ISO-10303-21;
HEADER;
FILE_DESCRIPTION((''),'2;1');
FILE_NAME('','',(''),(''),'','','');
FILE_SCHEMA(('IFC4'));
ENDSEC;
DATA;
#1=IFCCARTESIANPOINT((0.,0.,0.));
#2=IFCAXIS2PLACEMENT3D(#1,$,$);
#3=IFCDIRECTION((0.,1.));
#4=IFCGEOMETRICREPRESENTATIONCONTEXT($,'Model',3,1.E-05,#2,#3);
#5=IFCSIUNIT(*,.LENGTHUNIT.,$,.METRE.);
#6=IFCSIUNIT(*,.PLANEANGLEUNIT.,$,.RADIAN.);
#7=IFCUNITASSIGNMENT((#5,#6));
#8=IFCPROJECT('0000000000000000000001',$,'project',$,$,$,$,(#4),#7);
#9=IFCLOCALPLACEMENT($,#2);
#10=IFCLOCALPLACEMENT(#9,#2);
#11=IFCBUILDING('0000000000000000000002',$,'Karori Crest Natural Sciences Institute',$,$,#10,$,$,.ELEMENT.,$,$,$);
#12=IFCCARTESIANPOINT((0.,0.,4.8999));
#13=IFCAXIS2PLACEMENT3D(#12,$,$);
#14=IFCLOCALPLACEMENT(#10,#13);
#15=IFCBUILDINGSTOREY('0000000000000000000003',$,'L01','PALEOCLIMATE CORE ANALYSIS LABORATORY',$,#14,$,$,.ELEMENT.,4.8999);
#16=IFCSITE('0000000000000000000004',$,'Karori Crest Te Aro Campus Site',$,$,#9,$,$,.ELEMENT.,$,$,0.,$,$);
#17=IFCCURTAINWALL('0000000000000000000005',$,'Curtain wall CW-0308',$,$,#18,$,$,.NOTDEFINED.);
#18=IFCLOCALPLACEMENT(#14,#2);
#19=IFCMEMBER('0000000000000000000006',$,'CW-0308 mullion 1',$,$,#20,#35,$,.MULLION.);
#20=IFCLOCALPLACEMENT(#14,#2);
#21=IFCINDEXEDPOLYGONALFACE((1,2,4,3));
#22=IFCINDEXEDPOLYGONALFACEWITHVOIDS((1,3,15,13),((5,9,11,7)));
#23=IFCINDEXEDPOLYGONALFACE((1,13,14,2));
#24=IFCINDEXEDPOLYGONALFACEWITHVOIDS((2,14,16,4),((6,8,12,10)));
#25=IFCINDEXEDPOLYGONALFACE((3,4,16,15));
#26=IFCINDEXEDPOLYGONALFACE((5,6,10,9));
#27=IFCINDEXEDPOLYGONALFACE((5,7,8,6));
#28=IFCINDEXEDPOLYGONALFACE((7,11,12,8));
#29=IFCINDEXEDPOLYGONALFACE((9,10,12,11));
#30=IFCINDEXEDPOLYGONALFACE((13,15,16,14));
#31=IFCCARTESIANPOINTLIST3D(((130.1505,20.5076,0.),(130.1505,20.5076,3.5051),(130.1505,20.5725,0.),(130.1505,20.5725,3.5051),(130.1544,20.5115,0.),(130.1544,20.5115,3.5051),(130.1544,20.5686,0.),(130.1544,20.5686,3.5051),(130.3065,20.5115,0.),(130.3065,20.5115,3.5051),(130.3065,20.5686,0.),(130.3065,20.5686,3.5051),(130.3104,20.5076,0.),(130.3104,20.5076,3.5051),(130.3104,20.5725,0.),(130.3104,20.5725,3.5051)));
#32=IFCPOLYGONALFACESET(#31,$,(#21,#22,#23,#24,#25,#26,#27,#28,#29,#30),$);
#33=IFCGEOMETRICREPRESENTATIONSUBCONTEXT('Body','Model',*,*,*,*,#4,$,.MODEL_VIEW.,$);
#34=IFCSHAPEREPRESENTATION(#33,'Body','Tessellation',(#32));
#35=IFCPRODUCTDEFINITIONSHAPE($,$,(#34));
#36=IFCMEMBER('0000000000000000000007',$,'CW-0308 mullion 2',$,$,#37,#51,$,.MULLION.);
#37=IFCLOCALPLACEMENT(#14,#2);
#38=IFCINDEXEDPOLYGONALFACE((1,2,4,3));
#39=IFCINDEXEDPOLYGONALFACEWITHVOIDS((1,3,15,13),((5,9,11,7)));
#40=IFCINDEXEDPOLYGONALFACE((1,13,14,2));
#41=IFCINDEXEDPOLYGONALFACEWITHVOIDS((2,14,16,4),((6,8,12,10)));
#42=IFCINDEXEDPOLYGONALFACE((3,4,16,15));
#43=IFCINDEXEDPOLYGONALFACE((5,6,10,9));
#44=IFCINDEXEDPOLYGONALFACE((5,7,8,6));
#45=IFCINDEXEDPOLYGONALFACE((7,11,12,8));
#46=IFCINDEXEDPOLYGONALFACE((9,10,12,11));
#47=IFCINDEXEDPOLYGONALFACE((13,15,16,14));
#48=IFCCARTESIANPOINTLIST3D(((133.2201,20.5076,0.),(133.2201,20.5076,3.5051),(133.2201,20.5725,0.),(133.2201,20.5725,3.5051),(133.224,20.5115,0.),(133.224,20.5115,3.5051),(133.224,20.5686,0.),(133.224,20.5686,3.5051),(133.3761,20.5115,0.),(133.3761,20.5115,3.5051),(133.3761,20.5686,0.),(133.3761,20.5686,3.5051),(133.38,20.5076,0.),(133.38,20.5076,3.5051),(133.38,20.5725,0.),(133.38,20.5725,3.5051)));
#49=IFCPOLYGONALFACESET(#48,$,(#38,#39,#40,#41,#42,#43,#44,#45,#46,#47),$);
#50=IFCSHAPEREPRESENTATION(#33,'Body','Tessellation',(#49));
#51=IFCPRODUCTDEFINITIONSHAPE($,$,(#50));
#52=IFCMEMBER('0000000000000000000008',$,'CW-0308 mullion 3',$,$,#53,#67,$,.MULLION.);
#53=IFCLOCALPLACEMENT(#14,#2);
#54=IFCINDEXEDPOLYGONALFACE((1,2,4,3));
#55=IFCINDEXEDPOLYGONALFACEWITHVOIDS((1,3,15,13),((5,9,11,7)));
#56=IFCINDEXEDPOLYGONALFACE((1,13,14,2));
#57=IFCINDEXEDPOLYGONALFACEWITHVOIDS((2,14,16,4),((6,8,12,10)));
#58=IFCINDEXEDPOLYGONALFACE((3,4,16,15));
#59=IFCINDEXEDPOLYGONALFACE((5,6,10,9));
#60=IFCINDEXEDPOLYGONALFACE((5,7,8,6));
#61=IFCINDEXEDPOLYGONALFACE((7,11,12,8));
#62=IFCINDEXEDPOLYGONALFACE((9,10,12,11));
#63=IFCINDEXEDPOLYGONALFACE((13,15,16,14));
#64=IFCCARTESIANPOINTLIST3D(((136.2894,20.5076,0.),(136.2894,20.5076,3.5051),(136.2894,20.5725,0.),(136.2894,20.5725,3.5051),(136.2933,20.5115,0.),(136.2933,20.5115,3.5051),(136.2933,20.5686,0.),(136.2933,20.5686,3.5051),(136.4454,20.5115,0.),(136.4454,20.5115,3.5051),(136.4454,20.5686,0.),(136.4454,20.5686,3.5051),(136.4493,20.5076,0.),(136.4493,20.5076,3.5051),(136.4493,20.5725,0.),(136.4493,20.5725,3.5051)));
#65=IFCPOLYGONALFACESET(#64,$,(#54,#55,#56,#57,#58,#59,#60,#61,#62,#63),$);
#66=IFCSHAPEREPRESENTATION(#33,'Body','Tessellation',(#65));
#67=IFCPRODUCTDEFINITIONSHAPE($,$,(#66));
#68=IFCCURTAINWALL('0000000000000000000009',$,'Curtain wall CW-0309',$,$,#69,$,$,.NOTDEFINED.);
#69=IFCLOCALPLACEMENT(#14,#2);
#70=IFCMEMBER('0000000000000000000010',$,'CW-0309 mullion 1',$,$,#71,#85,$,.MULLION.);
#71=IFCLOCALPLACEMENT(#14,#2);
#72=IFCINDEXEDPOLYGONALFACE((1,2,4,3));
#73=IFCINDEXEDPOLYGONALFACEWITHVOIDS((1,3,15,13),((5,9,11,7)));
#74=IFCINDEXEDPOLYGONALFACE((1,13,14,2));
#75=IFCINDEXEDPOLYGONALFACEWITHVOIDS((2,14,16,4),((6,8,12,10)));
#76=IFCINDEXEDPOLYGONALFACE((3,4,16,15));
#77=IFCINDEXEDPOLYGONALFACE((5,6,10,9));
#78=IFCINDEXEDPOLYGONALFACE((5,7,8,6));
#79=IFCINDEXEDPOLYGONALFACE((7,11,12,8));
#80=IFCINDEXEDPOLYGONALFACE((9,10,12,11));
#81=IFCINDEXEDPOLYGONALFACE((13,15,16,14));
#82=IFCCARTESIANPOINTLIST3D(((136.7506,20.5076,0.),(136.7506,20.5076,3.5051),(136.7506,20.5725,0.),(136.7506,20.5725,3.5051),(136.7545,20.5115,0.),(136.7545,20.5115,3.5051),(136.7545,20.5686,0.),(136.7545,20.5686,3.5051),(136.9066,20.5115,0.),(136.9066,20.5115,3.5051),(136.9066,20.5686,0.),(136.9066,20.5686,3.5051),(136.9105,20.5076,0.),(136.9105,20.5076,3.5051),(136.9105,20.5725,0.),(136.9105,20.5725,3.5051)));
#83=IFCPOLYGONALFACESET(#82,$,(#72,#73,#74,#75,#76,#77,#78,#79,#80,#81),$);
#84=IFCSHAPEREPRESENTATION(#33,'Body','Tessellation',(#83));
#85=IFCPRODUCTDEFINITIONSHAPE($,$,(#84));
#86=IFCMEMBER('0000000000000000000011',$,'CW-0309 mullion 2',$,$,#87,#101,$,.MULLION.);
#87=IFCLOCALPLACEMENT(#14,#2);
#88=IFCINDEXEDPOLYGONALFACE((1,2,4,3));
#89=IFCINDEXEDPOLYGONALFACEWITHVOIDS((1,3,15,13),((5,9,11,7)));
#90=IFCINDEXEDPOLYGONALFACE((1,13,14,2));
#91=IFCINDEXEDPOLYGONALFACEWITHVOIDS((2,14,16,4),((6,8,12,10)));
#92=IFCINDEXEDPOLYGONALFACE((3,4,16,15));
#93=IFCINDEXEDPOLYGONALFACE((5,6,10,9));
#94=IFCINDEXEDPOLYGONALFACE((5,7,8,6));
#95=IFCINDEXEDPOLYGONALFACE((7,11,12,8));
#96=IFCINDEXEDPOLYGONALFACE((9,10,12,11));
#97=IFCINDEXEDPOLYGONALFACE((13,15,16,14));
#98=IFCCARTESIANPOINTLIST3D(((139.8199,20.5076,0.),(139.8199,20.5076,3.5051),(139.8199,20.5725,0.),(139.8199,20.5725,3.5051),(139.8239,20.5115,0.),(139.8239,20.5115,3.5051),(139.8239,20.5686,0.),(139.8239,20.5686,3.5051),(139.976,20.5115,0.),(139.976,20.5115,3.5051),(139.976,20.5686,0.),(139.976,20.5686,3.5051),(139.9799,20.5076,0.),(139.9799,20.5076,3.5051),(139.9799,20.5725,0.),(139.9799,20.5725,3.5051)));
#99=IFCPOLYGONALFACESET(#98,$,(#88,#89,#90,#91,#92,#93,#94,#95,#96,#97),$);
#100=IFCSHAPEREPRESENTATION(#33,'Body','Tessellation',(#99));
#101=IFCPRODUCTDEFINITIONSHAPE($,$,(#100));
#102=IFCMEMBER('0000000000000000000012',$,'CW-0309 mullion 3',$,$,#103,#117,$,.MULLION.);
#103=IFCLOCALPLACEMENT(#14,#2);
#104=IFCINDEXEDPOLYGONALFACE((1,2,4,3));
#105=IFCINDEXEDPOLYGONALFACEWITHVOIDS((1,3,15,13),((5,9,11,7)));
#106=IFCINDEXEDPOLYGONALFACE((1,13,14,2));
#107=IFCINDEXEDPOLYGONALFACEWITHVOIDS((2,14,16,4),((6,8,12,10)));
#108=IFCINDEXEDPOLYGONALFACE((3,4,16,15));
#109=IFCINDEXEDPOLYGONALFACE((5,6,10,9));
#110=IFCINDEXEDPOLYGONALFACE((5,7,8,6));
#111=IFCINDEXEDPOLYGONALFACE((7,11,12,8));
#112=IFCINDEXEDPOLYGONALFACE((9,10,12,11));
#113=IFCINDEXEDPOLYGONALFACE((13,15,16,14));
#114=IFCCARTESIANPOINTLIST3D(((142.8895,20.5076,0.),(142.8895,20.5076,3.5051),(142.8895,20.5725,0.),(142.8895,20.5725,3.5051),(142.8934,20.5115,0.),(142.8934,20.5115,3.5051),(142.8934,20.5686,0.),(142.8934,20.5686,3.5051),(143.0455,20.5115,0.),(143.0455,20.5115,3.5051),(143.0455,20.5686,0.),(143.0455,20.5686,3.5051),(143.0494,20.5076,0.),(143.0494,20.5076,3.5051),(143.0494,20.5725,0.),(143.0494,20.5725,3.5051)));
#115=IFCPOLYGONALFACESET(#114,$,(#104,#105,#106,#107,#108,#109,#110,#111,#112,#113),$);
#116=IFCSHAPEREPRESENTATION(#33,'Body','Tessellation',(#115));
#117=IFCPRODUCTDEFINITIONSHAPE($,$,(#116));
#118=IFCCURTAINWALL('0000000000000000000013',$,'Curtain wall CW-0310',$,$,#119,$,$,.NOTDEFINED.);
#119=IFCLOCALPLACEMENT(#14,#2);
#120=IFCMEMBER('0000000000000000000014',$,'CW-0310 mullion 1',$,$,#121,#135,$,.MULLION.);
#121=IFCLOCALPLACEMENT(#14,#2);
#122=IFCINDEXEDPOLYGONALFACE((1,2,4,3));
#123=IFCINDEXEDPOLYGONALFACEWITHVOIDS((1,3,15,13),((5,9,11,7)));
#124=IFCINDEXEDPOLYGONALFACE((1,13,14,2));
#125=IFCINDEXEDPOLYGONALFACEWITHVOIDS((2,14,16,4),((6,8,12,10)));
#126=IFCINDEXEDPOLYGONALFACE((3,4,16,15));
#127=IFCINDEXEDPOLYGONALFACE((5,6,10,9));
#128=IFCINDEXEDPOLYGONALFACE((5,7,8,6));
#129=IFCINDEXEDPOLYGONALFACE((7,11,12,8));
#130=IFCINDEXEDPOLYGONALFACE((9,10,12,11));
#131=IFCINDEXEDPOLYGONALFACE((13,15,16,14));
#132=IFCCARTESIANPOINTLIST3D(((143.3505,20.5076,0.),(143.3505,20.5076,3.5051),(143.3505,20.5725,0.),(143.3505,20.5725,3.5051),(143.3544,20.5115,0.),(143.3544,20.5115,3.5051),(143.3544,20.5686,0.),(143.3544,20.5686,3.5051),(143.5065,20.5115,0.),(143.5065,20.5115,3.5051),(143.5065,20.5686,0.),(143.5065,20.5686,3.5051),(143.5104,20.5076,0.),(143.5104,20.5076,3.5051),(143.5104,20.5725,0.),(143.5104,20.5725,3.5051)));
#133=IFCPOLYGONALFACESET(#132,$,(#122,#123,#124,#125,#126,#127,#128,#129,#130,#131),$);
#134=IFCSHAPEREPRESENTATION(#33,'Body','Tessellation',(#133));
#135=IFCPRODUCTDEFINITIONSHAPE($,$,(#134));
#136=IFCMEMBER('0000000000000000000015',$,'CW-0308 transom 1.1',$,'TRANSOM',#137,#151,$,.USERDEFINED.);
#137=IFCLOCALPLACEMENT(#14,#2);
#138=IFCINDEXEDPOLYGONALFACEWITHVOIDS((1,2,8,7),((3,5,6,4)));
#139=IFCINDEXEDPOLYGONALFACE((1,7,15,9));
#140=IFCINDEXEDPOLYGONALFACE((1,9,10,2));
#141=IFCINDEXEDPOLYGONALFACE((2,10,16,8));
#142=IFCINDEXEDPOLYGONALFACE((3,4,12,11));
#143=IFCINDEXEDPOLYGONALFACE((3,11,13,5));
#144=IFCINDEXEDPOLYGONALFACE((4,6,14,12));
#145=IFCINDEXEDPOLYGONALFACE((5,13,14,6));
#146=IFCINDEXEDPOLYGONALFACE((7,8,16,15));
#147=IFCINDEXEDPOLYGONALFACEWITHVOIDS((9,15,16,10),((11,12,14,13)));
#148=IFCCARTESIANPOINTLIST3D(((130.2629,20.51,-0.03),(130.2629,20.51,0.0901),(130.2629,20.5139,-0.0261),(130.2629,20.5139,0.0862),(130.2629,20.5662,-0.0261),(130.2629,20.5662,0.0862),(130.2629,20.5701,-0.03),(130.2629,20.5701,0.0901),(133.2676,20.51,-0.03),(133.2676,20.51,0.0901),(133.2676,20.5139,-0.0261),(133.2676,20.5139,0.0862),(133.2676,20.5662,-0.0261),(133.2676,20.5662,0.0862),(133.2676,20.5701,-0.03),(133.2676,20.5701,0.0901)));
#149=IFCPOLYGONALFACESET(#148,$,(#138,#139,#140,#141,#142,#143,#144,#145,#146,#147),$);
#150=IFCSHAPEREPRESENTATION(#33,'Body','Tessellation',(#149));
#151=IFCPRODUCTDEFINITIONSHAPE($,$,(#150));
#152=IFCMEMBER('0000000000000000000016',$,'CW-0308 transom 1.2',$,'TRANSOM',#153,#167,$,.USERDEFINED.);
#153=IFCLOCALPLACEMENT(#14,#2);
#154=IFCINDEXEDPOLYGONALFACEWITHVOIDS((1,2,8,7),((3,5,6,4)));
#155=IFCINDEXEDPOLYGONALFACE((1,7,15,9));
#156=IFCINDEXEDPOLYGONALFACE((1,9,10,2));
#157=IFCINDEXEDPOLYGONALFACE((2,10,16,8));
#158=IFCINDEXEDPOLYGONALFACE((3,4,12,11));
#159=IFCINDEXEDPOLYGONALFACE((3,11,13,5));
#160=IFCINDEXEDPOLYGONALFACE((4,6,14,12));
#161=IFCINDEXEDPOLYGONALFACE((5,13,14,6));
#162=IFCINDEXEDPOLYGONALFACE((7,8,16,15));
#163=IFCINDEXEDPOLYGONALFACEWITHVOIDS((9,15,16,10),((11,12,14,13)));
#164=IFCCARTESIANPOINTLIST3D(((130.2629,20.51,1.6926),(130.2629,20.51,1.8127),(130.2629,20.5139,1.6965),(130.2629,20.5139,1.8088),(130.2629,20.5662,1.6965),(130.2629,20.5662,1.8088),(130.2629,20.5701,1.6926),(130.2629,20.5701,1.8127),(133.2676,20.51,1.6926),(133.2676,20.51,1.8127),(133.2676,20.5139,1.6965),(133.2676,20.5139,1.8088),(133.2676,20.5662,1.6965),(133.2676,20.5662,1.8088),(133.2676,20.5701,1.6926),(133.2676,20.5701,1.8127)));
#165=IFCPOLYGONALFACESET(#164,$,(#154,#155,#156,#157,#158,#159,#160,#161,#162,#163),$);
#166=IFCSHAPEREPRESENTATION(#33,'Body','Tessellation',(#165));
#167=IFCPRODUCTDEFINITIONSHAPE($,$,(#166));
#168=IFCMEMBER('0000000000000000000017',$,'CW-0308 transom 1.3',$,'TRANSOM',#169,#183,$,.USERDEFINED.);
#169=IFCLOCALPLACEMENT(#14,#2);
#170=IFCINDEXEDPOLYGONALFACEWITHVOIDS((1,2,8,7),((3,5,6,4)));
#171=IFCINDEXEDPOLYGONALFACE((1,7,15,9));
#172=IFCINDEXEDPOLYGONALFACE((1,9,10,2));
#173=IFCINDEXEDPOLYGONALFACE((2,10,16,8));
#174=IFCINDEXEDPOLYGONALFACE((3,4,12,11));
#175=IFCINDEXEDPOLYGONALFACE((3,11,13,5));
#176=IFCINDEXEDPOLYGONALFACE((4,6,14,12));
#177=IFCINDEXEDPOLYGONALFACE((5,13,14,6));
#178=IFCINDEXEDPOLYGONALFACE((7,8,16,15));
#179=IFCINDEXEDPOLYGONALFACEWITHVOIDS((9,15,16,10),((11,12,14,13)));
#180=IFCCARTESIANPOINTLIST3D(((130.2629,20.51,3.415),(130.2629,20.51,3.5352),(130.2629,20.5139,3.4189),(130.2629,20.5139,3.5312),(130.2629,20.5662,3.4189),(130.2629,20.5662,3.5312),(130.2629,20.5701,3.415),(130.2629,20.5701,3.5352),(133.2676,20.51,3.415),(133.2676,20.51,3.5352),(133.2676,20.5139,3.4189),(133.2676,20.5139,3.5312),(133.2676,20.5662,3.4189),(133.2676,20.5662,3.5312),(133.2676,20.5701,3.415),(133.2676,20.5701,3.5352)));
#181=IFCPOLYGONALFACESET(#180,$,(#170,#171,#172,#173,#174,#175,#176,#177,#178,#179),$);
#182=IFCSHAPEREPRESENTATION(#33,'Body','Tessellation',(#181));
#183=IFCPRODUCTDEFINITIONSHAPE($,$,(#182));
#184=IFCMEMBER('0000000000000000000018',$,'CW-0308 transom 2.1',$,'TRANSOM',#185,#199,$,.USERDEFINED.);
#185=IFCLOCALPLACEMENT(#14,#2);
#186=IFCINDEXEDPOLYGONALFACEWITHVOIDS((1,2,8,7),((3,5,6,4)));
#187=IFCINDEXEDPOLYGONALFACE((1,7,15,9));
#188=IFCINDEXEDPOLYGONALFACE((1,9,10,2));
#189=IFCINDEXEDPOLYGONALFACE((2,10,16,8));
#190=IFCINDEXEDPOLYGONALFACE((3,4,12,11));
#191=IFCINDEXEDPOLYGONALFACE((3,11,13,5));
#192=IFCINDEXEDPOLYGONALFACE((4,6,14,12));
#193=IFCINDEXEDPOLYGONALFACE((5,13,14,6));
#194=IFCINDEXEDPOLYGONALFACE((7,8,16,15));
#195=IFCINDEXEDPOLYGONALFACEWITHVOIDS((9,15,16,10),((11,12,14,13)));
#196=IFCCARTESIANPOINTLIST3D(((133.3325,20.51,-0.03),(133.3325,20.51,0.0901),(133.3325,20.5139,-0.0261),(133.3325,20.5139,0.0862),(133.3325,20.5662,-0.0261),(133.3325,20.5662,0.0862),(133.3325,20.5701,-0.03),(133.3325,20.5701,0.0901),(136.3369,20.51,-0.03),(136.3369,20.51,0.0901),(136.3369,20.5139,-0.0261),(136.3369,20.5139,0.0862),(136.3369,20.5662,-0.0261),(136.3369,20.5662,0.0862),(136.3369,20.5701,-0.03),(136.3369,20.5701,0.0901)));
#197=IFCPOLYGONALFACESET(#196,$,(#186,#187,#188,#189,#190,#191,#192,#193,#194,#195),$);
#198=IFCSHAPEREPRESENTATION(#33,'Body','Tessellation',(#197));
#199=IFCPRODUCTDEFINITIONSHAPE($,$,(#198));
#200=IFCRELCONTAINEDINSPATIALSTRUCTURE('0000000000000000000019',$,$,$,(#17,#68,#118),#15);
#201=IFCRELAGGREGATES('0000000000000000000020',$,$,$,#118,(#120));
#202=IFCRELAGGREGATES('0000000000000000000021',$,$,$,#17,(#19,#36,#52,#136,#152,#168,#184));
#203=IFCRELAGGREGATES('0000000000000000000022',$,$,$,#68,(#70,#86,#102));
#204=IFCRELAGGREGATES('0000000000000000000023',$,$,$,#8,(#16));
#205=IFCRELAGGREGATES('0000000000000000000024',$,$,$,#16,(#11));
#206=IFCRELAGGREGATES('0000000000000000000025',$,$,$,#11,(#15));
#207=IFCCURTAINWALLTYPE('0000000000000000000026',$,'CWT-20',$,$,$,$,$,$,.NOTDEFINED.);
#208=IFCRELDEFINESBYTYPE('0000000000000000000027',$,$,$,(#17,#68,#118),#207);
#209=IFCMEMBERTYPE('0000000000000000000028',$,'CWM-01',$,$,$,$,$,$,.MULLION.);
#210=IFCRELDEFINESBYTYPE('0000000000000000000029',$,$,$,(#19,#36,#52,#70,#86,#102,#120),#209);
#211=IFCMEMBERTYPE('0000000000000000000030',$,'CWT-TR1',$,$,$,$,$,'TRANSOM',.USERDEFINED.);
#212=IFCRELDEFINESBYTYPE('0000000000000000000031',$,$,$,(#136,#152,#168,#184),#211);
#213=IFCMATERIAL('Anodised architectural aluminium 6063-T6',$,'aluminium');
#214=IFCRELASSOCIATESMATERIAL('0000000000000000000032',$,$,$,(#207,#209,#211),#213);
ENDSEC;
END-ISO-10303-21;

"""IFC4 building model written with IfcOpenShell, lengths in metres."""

from ifc_helpers import new_model, si_unit, direction, frame, origin, origin_2d, place, context, subcontext, project, spatial, hollow_rectangle, extrude, material, material_profile, profile_set, type_object, element, aggregate, save


model = new_model("IFC4")

# Units and contexts
model_context = context("Model", 3, precision=1e-05, world=origin(), true_north=direction((0.0, 1.0)))
body_context = subcontext(model_context, "Body", "Model", "MODEL_VIEW")
ifc_project = project(units=[si_unit("LENGTHUNIT", "METRE"), si_unit("PLANEANGLEUNIT", "RADIAN")], contexts=[model_context])

# Site, building, storey
site_placement = place(None, origin())
site = spatial("IfcSite", under=ifc_project, at=site_placement, Name="Karori Crest Te Aro Campus Site", CompositionType="ELEMENT", RefElevation=0.0)
building_placement = place(site_placement, origin())
building = spatial("IfcBuilding", under=site, at=building_placement, Name="Karori Crest Natural Sciences Institute", CompositionType="ELEMENT")
storey_placement = place(building_placement, frame((0.0, 0.0, 4.8999)))
storey = spatial("IfcBuildingStorey", under=building, at=storey_placement, Name="L01", Description="PALEOCLIMATE CORE ANALYSIS LABORATORY", CompositionType="ELEMENT", Elevation=4.8999)

# Curtain walls, members
ifc_material_1 = material(Name="Anodised architectural aluminium 6063-T6", Category="aluminium")
curtain_wall_type = type_object("IfcCurtainWallType", Name="CWT-20", PredefinedType="NOTDEFINED", material=ifc_material_1)
curtain_wall_1_placement = place(storey_placement, origin())
curtain_wall_1 = element("IfcCurtainWall", 1, at=curtain_wall_1_placement, inside=storey, type_object=curtain_wall_type, Name="Curtain wall CW-0308", PredefinedType="NOTDEFINED")
ifc_material_profile_1 = material_profile(ifc_material_1, hollow_rectangle(XDim=0.0649, YDim=0.1599, WallThickness=0.0039, at=origin_2d()), Name="CWM160x65x4")
ifc_profile_set_1 = profile_set([ifc_material_profile_1], Name="Anodised architectural aluminium 6063-T6")
member_type_1 = type_object("IfcMemberType", Name="CWM-01", PredefinedType="MULLION", material=ifc_profile_set_1)
member_1_placement = place(storey_placement, frame((130.2305, 20.54, 0.0), z_axis=(0.0, 0.0, 1.0), x_axis=(0.0, 1.0, 0.0)))
member_1 = element("IfcMember", 2, at=member_1_placement, type_object=member_type_1, Name="CW-0308 mullion 1", PredefinedType="MULLION", context=body_context, shape_type="SweptSolid", body=[
    extrude(hollow_rectangle(XDim=0.0649, YDim=0.1599, WallThickness=0.0039, at=origin_2d()), origin(), (0.0, 0.0, 1.0), 3.5051),
])
member_2_placement = place(storey_placement, frame((133.3, 20.54, 0.0), z_axis=(0.0, 0.0, 1.0), x_axis=(0.0, 1.0, 0.0)))
member_2 = element("IfcMember", 3, at=member_2_placement, type_object=member_type_1, Name="CW-0308 mullion 2", PredefinedType="MULLION", context=body_context, shape_type="SweptSolid", body=[
    extrude(hollow_rectangle(XDim=0.0649, YDim=0.1599, WallThickness=0.0039, at=origin_2d()), origin(), (0.0, 0.0, 1.0), 3.5051),
])
member_3_placement = place(storey_placement, frame((136.3694, 20.54, 0.0), z_axis=(0.0, 0.0, 1.0), x_axis=(0.0, 1.0, 0.0)))
member_3 = element("IfcMember", 4, at=member_3_placement, type_object=member_type_1, Name="CW-0308 mullion 3", PredefinedType="MULLION", context=body_context, shape_type="SweptSolid", body=[
    extrude(hollow_rectangle(XDim=0.0649, YDim=0.1599, WallThickness=0.0039, at=origin_2d()), origin(), (0.0, 0.0, 1.0), 3.5051),
])
curtain_wall_2_placement = place(storey_placement, origin())
curtain_wall_2 = element("IfcCurtainWall", 5, at=curtain_wall_2_placement, inside=storey, type_object=curtain_wall_type, Name="Curtain wall CW-0309", PredefinedType="NOTDEFINED")
member_4_placement = place(storey_placement, frame((136.8306, 20.54, 0.0), z_axis=(0.0, 0.0, 1.0), x_axis=(0.0, 1.0, 0.0)))
member_4 = element("IfcMember", 6, at=member_4_placement, type_object=member_type_1, Name="CW-0309 mullion 1", PredefinedType="MULLION", context=body_context, shape_type="SweptSolid", body=[
    extrude(hollow_rectangle(XDim=0.0649, YDim=0.1599, WallThickness=0.0039, at=origin_2d()), origin(), (0.0, 0.0, 1.0), 3.5051),
])
member_5_placement = place(storey_placement, frame((139.8999, 20.54, 0.0), z_axis=(0.0, 0.0, 1.0), x_axis=(0.0, 1.0, 0.0)))
member_5 = element("IfcMember", 7, at=member_5_placement, type_object=member_type_1, Name="CW-0309 mullion 2", PredefinedType="MULLION", context=body_context, shape_type="SweptSolid", body=[
    extrude(hollow_rectangle(XDim=0.0649, YDim=0.1599, WallThickness=0.0039, at=origin_2d()), origin(), (0.0, 0.0, 1.0), 3.5051),
])
member_6_placement = place(storey_placement, frame((142.9695, 20.54, 0.0), z_axis=(0.0, 0.0, 1.0), x_axis=(0.0, 1.0, 0.0)))
member_6 = element("IfcMember", 8, at=member_6_placement, type_object=member_type_1, Name="CW-0309 mullion 3", PredefinedType="MULLION", context=body_context, shape_type="SweptSolid", body=[
    extrude(hollow_rectangle(XDim=0.0649, YDim=0.1599, WallThickness=0.0039, at=origin_2d()), origin(), (0.0, 0.0, 1.0), 3.5051),
])

# Curtain wall, member
curtain_wall_3_placement = place(storey_placement, origin())
curtain_wall_3 = element("IfcCurtainWall", 9, at=curtain_wall_3_placement, inside=storey, type_object=curtain_wall_type, Name="Curtain wall CW-0310", PredefinedType="NOTDEFINED")
member_7_placement = place(storey_placement, frame((143.4304, 20.54, 0.0), z_axis=(0.0, 0.0, 1.0), x_axis=(0.0, 1.0, 0.0)))
member_7 = element("IfcMember", 10, at=member_7_placement, type_object=member_type_1, Name="CW-0310 mullion 1", PredefinedType="MULLION", context=body_context, shape_type="SweptSolid", body=[
    extrude(hollow_rectangle(XDim=0.0649, YDim=0.1599, WallThickness=0.0039, at=origin_2d()), origin(), (0.0, 0.0, 1.0), 3.5051),
])

# Members
ifc_material_profile_2 = material_profile(ifc_material_1, hollow_rectangle(XDim=0.0601, YDim=0.1201, WallThickness=0.0039, at=origin_2d()), Name="CWT120x60x4")
ifc_profile_set_2 = profile_set([ifc_material_profile_2], Name="Anodised architectural aluminium 6063-T6")
member_type_2 = type_object("IfcMemberType", Name="CWT-TR1", ElementType="TRANSOM", PredefinedType="USERDEFINED", material=ifc_profile_set_2)
member_8_placement = place(storey_placement, frame((130.2629, 20.54, 0.03), z_axis=(1.0, 0.0, 0.0), x_axis=(0.0, 1.0, 0.0)))
member_8 = element("IfcMember", 11, at=member_8_placement, type_object=member_type_2, Name="CW-0308 transom 1.1", ObjectType="TRANSOM", PredefinedType="USERDEFINED", context=body_context, shape_type="SweptSolid", body=[
    extrude(hollow_rectangle(XDim=0.0601, YDim=0.1201, WallThickness=0.0039, at=origin_2d()), origin(), (0.0, 0.0, 1.0), 3.0046),
])
member_9_placement = place(storey_placement, frame((130.2629, 20.54, 1.7527), z_axis=(1.0, 0.0, 0.0), x_axis=(0.0, 1.0, 0.0)))
member_9 = element("IfcMember", 12, at=member_9_placement, type_object=member_type_2, Name="CW-0308 transom 1.2", ObjectType="TRANSOM", PredefinedType="USERDEFINED", context=body_context, shape_type="SweptSolid", body=[
    extrude(hollow_rectangle(XDim=0.0601, YDim=0.1201, WallThickness=0.0039, at=origin_2d()), origin(), (0.0, 0.0, 1.0), 3.0046),
])
member_10_placement = place(storey_placement, frame((130.2629, 20.54, 3.4751), z_axis=(1.0, 0.0, 0.0), x_axis=(0.0, 1.0, 0.0)))
member_10 = element("IfcMember", 13, at=member_10_placement, type_object=member_type_2, Name="CW-0308 transom 1.3", ObjectType="TRANSOM", PredefinedType="USERDEFINED", context=body_context, shape_type="SweptSolid", body=[
    extrude(hollow_rectangle(XDim=0.0601, YDim=0.1201, WallThickness=0.0039, at=origin_2d()), origin(), (0.0, 0.0, 1.0), 3.0046),
])
member_11_placement = place(storey_placement, frame((133.3325, 20.54, 0.03), z_axis=(1.0, 0.0, 0.0), x_axis=(0.0, 1.0, 0.0)))
member_11 = element("IfcMember", 14, at=member_11_placement, type_object=member_type_2, Name="CW-0308 transom 2.1", ObjectType="TRANSOM", PredefinedType="USERDEFINED", context=body_context, shape_type="SweptSolid", body=[
    extrude(hollow_rectangle(XDim=0.0601, YDim=0.1201, WallThickness=0.0039, at=origin_2d()), origin(), (0.0, 0.0, 1.0), 3.0044),
])
aggregate(curtain_wall_3, [member_7])

aggregate(curtain_wall_1, [member_1, member_2, member_3, member_8, member_9, member_10, member_11])
aggregate(curtain_wall_2, [member_4, member_5, member_6])

save(model, "model.ifc")
